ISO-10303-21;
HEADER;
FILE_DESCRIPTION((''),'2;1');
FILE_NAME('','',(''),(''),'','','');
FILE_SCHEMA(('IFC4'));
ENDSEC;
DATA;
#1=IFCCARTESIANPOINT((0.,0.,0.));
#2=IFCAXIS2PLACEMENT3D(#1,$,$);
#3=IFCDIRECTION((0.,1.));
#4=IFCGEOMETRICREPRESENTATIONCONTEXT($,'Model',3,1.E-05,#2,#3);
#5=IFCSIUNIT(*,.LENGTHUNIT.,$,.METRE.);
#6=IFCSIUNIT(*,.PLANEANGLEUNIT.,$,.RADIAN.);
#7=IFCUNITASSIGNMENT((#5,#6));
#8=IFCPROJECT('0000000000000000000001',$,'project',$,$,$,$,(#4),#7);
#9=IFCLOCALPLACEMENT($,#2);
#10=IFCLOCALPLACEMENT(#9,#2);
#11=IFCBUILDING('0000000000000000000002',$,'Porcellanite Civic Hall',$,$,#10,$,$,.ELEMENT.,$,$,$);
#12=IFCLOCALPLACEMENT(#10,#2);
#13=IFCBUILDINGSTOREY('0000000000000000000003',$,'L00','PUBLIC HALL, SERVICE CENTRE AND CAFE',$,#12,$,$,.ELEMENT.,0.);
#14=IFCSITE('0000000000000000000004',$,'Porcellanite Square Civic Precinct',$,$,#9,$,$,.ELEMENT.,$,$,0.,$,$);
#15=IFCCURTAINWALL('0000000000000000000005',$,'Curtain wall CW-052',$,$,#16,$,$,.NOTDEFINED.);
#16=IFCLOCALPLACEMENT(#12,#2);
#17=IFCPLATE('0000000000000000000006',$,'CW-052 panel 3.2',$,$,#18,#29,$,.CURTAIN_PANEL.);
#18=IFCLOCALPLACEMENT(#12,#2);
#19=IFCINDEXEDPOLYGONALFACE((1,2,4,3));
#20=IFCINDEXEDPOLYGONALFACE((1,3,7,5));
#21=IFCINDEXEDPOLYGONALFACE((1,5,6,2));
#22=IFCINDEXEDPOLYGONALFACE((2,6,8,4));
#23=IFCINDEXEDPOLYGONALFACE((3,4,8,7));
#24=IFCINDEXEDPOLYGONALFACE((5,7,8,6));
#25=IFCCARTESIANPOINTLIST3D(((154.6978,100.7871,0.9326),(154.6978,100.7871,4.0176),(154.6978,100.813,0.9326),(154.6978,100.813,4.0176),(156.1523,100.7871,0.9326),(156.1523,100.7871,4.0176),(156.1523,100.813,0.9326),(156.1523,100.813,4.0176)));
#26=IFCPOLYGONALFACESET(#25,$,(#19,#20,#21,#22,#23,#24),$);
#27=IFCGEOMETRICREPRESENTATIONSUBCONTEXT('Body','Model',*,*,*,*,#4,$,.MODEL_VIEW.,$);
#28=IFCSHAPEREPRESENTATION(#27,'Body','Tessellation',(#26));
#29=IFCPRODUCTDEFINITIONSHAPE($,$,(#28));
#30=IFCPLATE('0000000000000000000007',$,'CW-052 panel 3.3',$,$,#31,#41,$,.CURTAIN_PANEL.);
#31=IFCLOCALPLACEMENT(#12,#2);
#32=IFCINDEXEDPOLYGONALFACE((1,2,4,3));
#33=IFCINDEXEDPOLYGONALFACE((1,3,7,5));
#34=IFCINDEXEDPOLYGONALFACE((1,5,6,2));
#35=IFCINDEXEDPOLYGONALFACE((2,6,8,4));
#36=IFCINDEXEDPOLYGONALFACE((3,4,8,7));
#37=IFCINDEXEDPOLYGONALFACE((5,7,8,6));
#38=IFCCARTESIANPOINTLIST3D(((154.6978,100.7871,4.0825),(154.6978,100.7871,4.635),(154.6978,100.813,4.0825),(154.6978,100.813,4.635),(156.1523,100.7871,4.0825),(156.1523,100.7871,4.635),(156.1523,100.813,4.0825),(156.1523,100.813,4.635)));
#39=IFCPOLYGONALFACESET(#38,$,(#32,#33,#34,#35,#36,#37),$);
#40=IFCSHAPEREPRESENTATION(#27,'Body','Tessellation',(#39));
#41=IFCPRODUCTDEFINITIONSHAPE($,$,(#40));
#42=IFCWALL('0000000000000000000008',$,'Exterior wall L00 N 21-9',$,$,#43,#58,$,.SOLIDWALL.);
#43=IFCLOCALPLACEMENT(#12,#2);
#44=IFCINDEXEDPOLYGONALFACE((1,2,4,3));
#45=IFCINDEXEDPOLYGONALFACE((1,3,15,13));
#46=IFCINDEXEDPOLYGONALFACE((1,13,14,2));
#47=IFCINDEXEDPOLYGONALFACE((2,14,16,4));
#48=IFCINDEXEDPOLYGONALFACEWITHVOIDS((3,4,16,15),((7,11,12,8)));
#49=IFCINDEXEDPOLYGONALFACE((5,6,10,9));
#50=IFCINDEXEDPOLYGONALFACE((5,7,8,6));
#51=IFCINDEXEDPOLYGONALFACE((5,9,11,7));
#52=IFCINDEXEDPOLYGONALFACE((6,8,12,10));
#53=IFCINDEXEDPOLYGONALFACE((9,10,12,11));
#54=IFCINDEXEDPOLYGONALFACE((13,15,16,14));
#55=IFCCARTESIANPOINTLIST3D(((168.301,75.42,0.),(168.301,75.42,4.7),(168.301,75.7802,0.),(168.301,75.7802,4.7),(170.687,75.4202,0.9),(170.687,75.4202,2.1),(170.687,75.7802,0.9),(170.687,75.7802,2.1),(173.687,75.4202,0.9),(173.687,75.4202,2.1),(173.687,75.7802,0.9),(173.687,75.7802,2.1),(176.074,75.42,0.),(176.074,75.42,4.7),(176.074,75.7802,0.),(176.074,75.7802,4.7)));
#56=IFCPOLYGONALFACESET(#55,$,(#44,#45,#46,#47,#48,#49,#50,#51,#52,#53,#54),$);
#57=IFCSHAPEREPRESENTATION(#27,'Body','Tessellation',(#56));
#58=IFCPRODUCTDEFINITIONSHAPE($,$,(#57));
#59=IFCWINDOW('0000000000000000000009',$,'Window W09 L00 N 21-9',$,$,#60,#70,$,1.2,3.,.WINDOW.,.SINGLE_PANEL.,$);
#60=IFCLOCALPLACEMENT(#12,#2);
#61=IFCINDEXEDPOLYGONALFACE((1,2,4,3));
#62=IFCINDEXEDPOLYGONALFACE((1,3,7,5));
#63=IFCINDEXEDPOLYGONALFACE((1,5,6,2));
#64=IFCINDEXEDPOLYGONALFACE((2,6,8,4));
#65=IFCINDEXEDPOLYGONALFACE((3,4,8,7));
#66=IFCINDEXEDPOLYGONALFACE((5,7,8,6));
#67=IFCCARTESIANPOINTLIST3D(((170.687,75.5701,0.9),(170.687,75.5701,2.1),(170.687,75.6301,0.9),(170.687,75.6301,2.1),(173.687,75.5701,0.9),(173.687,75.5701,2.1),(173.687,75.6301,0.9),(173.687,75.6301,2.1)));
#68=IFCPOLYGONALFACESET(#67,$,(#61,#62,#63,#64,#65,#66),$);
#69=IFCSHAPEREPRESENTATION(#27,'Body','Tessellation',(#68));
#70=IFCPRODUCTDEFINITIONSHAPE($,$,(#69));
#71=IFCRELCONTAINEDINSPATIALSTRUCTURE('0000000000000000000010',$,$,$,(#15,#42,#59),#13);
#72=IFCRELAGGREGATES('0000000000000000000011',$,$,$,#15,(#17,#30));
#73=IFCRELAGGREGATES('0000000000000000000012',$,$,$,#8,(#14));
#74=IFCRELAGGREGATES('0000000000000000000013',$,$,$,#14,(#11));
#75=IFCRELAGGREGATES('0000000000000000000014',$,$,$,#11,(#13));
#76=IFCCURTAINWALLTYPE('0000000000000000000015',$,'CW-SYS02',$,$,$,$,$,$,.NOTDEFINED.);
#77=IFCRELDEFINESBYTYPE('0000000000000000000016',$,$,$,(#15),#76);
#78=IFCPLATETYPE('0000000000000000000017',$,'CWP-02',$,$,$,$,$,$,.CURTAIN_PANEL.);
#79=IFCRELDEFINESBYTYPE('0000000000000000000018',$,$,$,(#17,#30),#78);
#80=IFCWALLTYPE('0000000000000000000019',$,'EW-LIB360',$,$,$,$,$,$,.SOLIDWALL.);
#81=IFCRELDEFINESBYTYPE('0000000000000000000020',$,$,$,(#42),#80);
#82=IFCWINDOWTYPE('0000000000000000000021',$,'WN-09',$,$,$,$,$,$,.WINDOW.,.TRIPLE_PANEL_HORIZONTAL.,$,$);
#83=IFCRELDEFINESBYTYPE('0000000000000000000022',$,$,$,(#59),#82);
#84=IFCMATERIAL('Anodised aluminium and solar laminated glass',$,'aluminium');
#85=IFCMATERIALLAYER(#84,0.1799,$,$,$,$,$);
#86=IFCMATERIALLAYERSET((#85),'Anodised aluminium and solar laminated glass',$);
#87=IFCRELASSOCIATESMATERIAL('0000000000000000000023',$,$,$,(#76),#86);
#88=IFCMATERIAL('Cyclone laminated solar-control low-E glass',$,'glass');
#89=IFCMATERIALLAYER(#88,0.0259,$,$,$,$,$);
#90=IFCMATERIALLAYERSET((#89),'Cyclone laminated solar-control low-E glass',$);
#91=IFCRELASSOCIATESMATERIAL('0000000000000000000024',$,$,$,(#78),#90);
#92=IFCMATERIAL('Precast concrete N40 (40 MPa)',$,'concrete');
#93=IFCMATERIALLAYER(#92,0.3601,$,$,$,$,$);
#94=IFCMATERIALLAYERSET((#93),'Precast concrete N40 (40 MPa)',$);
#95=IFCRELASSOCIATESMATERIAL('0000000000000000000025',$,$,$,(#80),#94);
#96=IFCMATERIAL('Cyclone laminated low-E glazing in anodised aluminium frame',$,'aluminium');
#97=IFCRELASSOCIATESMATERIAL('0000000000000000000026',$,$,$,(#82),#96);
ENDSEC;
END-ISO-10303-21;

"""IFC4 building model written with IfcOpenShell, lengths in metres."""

from ifc_helpers import new_model, si_unit, direction, frame, frame_2d, origin, origin_2d, place, context, subcontext, project, spatial, rectangle, extrude, material, layer, layer_set, type_object, element, fill, aggregate, save


model = new_model("IFC4")

# Units and contexts
model_context = context("Model", 3, precision=1e-05, world=origin(), true_north=direction((0.0, 1.0)))
body_context = subcontext(model_context, "Body", "Model", "MODEL_VIEW")
ifc_project = project(units=[si_unit("LENGTHUNIT", "METRE"), si_unit("PLANEANGLEUNIT", "RADIAN")], contexts=[model_context])

# Site, building, storey
site_placement = place(None, origin())
site = spatial("IfcSite", under=ifc_project, at=site_placement, Name="Porcellanite Square Civic Precinct", CompositionType="ELEMENT", RefElevation=0.0)
building_placement = place(site_placement, origin())
building = spatial("IfcBuilding", under=site, at=building_placement, Name="Porcellanite Civic Hall", CompositionType="ELEMENT")
storey_placement = place(building_placement, origin())
storey = spatial("IfcBuildingStorey", under=building, at=storey_placement, Name="L00", Description="PUBLIC HALL, SERVICE CENTRE AND CAFE", CompositionType="ELEMENT", Elevation=0.0)

# Curtain wall
ifc_material_1 = material(Name="Anodised aluminium and solar laminated glass", Category="aluminium")
ifc_layer_1 = layer(ifc_material_1, 0.1799)
ifc_layer_set_1 = layer_set([ifc_layer_1], Name="Anodised aluminium and solar laminated glass")
curtain_wall_type = type_object("IfcCurtainWallType", Name="CW-SYS02", PredefinedType="NOTDEFINED", material=ifc_layer_set_1)
curtain_wall_placement = place(storey_placement, origin())
curtain_wall = element("IfcCurtainWall", 1, at=curtain_wall_placement, inside=storey, type_object=curtain_wall_type, Name="Curtain wall CW-052", PredefinedType="NOTDEFINED")

# Plates
ifc_material_2 = material(Name="Cyclone laminated solar-control low-E glass", Category="glass")
ifc_layer_2 = layer(ifc_material_2, 0.0259)
ifc_layer_set_2 = layer_set([ifc_layer_2], Name="Cyclone laminated solar-control low-E glass")
plate_type = type_object("IfcPlateType", Name="CWP-02", PredefinedType="CURTAIN_PANEL", material=ifc_layer_set_2)
plate_1_placement = place(storey_placement, frame((155.425, 100.8, 0.9326), z_axis=(0.0, 0.0, 1.0), x_axis=(-1.0, 0.0, 0.0)))
plate_1 = element("IfcPlate", 2, at=plate_1_placement, type_object=plate_type, Name="CW-052 panel 3.2", PredefinedType="CURTAIN_PANEL", context=body_context, shape_type="SweptSolid", body=[
    extrude(rectangle(XDim=1.4546, YDim=0.0259, at=origin_2d()), origin(), (0.0, 0.0, 1.0), 3.085),
])
plate_2_placement = place(storey_placement, frame((155.425, 100.8, 4.0825), z_axis=(0.0, 0.0, 1.0), x_axis=(-1.0, 0.0, 0.0)))
plate_2 = element("IfcPlate", 3, at=plate_2_placement, type_object=plate_type, Name="CW-052 panel 3.3", PredefinedType="CURTAIN_PANEL", context=body_context, shape_type="SweptSolid", body=[
    extrude(rectangle(XDim=1.4546, YDim=0.0259, at=origin_2d()), origin(), (0.0, 0.0, 1.0), 0.5525),
])
aggregate(curtain_wall, [plate_1, plate_2])

# Wall, opening, window
ifc_material_3 = material(Name="Precast concrete N40 (40 MPa)", Category="concrete")
ifc_layer_3 = layer(ifc_material_3, 0.3601)
ifc_layer_set_3 = layer_set([ifc_layer_3], Name="Precast concrete N40 (40 MPa)")
wall_type = type_object("IfcWallType", Name="EW-LIB360", PredefinedType="SOLIDWALL", material=ifc_layer_set_3)
wall_placement = place(storey_placement, frame((168.301, 75.6001, 0.0), z_axis=(0.0, 0.0, 1.0), x_axis=(1.0, 0.0, 0.0)))
wall = element("IfcWall", 4, at=wall_placement, inside=storey, type_object=wall_type, Name="Exterior wall L00 N 21-9", PredefinedType="SOLIDWALL", context=body_context, shape_type="SweptSolid", body=[
    extrude(rectangle(XDim=7.7729, YDim=0.3601, at=frame_2d((3.8865, 0.0))), origin(), (0.0, 0.0, 1.0), 4.7),
])
opening_placement = place(wall_placement, frame((2.386, 0.0, 0.8999)))
opening = element("IfcOpeningElement", 5, at=opening_placement, cuts=wall, PredefinedType="OPENING", context=body_context, shape_type="SweptSolid", body=[
    extrude(rectangle(XDim=3.0, YDim=1.2, at=frame_2d((1.5, 0.6001))), frame((0.0, 0.1802, 0.0), z_axis=(0.0, -1.0, 0.0), x_axis=(1.0, 0.0, 0.0)), (0.0, 0.0, 1.0), 0.3601),
])
ifc_material_4 = material(Name="Cyclone laminated low-E glazing in anodised aluminium frame", Category="aluminium")
window_type = type_object("IfcWindowType", Name="WN-09", PartitioningType="TRIPLE_PANEL_HORIZONTAL", PredefinedType="WINDOW", material=ifc_material_4)
window_placement = place(opening_placement, origin())
window = element("IfcWindow", 6, at=window_placement, inside=storey, type_object=window_type, Name="Window W09 L00 N 21-9", OverallHeight=1.2, OverallWidth=3.0, PartitioningType="SINGLE_PANEL", PredefinedType="WINDOW", context=body_context, shape_type="SweptSolid", body=[
    extrude(rectangle(XDim=3.0, YDim=1.2, at=frame_2d((1.5, 0.6001))), frame((0.0, 0.03, 0.0), z_axis=(0.0, -1.0, 0.0), x_axis=(1.0, 0.0, 0.0)), (0.0, 0.0, 1.0), 0.0601),
])
fill(opening, window)

save(model, "model.ifc")
